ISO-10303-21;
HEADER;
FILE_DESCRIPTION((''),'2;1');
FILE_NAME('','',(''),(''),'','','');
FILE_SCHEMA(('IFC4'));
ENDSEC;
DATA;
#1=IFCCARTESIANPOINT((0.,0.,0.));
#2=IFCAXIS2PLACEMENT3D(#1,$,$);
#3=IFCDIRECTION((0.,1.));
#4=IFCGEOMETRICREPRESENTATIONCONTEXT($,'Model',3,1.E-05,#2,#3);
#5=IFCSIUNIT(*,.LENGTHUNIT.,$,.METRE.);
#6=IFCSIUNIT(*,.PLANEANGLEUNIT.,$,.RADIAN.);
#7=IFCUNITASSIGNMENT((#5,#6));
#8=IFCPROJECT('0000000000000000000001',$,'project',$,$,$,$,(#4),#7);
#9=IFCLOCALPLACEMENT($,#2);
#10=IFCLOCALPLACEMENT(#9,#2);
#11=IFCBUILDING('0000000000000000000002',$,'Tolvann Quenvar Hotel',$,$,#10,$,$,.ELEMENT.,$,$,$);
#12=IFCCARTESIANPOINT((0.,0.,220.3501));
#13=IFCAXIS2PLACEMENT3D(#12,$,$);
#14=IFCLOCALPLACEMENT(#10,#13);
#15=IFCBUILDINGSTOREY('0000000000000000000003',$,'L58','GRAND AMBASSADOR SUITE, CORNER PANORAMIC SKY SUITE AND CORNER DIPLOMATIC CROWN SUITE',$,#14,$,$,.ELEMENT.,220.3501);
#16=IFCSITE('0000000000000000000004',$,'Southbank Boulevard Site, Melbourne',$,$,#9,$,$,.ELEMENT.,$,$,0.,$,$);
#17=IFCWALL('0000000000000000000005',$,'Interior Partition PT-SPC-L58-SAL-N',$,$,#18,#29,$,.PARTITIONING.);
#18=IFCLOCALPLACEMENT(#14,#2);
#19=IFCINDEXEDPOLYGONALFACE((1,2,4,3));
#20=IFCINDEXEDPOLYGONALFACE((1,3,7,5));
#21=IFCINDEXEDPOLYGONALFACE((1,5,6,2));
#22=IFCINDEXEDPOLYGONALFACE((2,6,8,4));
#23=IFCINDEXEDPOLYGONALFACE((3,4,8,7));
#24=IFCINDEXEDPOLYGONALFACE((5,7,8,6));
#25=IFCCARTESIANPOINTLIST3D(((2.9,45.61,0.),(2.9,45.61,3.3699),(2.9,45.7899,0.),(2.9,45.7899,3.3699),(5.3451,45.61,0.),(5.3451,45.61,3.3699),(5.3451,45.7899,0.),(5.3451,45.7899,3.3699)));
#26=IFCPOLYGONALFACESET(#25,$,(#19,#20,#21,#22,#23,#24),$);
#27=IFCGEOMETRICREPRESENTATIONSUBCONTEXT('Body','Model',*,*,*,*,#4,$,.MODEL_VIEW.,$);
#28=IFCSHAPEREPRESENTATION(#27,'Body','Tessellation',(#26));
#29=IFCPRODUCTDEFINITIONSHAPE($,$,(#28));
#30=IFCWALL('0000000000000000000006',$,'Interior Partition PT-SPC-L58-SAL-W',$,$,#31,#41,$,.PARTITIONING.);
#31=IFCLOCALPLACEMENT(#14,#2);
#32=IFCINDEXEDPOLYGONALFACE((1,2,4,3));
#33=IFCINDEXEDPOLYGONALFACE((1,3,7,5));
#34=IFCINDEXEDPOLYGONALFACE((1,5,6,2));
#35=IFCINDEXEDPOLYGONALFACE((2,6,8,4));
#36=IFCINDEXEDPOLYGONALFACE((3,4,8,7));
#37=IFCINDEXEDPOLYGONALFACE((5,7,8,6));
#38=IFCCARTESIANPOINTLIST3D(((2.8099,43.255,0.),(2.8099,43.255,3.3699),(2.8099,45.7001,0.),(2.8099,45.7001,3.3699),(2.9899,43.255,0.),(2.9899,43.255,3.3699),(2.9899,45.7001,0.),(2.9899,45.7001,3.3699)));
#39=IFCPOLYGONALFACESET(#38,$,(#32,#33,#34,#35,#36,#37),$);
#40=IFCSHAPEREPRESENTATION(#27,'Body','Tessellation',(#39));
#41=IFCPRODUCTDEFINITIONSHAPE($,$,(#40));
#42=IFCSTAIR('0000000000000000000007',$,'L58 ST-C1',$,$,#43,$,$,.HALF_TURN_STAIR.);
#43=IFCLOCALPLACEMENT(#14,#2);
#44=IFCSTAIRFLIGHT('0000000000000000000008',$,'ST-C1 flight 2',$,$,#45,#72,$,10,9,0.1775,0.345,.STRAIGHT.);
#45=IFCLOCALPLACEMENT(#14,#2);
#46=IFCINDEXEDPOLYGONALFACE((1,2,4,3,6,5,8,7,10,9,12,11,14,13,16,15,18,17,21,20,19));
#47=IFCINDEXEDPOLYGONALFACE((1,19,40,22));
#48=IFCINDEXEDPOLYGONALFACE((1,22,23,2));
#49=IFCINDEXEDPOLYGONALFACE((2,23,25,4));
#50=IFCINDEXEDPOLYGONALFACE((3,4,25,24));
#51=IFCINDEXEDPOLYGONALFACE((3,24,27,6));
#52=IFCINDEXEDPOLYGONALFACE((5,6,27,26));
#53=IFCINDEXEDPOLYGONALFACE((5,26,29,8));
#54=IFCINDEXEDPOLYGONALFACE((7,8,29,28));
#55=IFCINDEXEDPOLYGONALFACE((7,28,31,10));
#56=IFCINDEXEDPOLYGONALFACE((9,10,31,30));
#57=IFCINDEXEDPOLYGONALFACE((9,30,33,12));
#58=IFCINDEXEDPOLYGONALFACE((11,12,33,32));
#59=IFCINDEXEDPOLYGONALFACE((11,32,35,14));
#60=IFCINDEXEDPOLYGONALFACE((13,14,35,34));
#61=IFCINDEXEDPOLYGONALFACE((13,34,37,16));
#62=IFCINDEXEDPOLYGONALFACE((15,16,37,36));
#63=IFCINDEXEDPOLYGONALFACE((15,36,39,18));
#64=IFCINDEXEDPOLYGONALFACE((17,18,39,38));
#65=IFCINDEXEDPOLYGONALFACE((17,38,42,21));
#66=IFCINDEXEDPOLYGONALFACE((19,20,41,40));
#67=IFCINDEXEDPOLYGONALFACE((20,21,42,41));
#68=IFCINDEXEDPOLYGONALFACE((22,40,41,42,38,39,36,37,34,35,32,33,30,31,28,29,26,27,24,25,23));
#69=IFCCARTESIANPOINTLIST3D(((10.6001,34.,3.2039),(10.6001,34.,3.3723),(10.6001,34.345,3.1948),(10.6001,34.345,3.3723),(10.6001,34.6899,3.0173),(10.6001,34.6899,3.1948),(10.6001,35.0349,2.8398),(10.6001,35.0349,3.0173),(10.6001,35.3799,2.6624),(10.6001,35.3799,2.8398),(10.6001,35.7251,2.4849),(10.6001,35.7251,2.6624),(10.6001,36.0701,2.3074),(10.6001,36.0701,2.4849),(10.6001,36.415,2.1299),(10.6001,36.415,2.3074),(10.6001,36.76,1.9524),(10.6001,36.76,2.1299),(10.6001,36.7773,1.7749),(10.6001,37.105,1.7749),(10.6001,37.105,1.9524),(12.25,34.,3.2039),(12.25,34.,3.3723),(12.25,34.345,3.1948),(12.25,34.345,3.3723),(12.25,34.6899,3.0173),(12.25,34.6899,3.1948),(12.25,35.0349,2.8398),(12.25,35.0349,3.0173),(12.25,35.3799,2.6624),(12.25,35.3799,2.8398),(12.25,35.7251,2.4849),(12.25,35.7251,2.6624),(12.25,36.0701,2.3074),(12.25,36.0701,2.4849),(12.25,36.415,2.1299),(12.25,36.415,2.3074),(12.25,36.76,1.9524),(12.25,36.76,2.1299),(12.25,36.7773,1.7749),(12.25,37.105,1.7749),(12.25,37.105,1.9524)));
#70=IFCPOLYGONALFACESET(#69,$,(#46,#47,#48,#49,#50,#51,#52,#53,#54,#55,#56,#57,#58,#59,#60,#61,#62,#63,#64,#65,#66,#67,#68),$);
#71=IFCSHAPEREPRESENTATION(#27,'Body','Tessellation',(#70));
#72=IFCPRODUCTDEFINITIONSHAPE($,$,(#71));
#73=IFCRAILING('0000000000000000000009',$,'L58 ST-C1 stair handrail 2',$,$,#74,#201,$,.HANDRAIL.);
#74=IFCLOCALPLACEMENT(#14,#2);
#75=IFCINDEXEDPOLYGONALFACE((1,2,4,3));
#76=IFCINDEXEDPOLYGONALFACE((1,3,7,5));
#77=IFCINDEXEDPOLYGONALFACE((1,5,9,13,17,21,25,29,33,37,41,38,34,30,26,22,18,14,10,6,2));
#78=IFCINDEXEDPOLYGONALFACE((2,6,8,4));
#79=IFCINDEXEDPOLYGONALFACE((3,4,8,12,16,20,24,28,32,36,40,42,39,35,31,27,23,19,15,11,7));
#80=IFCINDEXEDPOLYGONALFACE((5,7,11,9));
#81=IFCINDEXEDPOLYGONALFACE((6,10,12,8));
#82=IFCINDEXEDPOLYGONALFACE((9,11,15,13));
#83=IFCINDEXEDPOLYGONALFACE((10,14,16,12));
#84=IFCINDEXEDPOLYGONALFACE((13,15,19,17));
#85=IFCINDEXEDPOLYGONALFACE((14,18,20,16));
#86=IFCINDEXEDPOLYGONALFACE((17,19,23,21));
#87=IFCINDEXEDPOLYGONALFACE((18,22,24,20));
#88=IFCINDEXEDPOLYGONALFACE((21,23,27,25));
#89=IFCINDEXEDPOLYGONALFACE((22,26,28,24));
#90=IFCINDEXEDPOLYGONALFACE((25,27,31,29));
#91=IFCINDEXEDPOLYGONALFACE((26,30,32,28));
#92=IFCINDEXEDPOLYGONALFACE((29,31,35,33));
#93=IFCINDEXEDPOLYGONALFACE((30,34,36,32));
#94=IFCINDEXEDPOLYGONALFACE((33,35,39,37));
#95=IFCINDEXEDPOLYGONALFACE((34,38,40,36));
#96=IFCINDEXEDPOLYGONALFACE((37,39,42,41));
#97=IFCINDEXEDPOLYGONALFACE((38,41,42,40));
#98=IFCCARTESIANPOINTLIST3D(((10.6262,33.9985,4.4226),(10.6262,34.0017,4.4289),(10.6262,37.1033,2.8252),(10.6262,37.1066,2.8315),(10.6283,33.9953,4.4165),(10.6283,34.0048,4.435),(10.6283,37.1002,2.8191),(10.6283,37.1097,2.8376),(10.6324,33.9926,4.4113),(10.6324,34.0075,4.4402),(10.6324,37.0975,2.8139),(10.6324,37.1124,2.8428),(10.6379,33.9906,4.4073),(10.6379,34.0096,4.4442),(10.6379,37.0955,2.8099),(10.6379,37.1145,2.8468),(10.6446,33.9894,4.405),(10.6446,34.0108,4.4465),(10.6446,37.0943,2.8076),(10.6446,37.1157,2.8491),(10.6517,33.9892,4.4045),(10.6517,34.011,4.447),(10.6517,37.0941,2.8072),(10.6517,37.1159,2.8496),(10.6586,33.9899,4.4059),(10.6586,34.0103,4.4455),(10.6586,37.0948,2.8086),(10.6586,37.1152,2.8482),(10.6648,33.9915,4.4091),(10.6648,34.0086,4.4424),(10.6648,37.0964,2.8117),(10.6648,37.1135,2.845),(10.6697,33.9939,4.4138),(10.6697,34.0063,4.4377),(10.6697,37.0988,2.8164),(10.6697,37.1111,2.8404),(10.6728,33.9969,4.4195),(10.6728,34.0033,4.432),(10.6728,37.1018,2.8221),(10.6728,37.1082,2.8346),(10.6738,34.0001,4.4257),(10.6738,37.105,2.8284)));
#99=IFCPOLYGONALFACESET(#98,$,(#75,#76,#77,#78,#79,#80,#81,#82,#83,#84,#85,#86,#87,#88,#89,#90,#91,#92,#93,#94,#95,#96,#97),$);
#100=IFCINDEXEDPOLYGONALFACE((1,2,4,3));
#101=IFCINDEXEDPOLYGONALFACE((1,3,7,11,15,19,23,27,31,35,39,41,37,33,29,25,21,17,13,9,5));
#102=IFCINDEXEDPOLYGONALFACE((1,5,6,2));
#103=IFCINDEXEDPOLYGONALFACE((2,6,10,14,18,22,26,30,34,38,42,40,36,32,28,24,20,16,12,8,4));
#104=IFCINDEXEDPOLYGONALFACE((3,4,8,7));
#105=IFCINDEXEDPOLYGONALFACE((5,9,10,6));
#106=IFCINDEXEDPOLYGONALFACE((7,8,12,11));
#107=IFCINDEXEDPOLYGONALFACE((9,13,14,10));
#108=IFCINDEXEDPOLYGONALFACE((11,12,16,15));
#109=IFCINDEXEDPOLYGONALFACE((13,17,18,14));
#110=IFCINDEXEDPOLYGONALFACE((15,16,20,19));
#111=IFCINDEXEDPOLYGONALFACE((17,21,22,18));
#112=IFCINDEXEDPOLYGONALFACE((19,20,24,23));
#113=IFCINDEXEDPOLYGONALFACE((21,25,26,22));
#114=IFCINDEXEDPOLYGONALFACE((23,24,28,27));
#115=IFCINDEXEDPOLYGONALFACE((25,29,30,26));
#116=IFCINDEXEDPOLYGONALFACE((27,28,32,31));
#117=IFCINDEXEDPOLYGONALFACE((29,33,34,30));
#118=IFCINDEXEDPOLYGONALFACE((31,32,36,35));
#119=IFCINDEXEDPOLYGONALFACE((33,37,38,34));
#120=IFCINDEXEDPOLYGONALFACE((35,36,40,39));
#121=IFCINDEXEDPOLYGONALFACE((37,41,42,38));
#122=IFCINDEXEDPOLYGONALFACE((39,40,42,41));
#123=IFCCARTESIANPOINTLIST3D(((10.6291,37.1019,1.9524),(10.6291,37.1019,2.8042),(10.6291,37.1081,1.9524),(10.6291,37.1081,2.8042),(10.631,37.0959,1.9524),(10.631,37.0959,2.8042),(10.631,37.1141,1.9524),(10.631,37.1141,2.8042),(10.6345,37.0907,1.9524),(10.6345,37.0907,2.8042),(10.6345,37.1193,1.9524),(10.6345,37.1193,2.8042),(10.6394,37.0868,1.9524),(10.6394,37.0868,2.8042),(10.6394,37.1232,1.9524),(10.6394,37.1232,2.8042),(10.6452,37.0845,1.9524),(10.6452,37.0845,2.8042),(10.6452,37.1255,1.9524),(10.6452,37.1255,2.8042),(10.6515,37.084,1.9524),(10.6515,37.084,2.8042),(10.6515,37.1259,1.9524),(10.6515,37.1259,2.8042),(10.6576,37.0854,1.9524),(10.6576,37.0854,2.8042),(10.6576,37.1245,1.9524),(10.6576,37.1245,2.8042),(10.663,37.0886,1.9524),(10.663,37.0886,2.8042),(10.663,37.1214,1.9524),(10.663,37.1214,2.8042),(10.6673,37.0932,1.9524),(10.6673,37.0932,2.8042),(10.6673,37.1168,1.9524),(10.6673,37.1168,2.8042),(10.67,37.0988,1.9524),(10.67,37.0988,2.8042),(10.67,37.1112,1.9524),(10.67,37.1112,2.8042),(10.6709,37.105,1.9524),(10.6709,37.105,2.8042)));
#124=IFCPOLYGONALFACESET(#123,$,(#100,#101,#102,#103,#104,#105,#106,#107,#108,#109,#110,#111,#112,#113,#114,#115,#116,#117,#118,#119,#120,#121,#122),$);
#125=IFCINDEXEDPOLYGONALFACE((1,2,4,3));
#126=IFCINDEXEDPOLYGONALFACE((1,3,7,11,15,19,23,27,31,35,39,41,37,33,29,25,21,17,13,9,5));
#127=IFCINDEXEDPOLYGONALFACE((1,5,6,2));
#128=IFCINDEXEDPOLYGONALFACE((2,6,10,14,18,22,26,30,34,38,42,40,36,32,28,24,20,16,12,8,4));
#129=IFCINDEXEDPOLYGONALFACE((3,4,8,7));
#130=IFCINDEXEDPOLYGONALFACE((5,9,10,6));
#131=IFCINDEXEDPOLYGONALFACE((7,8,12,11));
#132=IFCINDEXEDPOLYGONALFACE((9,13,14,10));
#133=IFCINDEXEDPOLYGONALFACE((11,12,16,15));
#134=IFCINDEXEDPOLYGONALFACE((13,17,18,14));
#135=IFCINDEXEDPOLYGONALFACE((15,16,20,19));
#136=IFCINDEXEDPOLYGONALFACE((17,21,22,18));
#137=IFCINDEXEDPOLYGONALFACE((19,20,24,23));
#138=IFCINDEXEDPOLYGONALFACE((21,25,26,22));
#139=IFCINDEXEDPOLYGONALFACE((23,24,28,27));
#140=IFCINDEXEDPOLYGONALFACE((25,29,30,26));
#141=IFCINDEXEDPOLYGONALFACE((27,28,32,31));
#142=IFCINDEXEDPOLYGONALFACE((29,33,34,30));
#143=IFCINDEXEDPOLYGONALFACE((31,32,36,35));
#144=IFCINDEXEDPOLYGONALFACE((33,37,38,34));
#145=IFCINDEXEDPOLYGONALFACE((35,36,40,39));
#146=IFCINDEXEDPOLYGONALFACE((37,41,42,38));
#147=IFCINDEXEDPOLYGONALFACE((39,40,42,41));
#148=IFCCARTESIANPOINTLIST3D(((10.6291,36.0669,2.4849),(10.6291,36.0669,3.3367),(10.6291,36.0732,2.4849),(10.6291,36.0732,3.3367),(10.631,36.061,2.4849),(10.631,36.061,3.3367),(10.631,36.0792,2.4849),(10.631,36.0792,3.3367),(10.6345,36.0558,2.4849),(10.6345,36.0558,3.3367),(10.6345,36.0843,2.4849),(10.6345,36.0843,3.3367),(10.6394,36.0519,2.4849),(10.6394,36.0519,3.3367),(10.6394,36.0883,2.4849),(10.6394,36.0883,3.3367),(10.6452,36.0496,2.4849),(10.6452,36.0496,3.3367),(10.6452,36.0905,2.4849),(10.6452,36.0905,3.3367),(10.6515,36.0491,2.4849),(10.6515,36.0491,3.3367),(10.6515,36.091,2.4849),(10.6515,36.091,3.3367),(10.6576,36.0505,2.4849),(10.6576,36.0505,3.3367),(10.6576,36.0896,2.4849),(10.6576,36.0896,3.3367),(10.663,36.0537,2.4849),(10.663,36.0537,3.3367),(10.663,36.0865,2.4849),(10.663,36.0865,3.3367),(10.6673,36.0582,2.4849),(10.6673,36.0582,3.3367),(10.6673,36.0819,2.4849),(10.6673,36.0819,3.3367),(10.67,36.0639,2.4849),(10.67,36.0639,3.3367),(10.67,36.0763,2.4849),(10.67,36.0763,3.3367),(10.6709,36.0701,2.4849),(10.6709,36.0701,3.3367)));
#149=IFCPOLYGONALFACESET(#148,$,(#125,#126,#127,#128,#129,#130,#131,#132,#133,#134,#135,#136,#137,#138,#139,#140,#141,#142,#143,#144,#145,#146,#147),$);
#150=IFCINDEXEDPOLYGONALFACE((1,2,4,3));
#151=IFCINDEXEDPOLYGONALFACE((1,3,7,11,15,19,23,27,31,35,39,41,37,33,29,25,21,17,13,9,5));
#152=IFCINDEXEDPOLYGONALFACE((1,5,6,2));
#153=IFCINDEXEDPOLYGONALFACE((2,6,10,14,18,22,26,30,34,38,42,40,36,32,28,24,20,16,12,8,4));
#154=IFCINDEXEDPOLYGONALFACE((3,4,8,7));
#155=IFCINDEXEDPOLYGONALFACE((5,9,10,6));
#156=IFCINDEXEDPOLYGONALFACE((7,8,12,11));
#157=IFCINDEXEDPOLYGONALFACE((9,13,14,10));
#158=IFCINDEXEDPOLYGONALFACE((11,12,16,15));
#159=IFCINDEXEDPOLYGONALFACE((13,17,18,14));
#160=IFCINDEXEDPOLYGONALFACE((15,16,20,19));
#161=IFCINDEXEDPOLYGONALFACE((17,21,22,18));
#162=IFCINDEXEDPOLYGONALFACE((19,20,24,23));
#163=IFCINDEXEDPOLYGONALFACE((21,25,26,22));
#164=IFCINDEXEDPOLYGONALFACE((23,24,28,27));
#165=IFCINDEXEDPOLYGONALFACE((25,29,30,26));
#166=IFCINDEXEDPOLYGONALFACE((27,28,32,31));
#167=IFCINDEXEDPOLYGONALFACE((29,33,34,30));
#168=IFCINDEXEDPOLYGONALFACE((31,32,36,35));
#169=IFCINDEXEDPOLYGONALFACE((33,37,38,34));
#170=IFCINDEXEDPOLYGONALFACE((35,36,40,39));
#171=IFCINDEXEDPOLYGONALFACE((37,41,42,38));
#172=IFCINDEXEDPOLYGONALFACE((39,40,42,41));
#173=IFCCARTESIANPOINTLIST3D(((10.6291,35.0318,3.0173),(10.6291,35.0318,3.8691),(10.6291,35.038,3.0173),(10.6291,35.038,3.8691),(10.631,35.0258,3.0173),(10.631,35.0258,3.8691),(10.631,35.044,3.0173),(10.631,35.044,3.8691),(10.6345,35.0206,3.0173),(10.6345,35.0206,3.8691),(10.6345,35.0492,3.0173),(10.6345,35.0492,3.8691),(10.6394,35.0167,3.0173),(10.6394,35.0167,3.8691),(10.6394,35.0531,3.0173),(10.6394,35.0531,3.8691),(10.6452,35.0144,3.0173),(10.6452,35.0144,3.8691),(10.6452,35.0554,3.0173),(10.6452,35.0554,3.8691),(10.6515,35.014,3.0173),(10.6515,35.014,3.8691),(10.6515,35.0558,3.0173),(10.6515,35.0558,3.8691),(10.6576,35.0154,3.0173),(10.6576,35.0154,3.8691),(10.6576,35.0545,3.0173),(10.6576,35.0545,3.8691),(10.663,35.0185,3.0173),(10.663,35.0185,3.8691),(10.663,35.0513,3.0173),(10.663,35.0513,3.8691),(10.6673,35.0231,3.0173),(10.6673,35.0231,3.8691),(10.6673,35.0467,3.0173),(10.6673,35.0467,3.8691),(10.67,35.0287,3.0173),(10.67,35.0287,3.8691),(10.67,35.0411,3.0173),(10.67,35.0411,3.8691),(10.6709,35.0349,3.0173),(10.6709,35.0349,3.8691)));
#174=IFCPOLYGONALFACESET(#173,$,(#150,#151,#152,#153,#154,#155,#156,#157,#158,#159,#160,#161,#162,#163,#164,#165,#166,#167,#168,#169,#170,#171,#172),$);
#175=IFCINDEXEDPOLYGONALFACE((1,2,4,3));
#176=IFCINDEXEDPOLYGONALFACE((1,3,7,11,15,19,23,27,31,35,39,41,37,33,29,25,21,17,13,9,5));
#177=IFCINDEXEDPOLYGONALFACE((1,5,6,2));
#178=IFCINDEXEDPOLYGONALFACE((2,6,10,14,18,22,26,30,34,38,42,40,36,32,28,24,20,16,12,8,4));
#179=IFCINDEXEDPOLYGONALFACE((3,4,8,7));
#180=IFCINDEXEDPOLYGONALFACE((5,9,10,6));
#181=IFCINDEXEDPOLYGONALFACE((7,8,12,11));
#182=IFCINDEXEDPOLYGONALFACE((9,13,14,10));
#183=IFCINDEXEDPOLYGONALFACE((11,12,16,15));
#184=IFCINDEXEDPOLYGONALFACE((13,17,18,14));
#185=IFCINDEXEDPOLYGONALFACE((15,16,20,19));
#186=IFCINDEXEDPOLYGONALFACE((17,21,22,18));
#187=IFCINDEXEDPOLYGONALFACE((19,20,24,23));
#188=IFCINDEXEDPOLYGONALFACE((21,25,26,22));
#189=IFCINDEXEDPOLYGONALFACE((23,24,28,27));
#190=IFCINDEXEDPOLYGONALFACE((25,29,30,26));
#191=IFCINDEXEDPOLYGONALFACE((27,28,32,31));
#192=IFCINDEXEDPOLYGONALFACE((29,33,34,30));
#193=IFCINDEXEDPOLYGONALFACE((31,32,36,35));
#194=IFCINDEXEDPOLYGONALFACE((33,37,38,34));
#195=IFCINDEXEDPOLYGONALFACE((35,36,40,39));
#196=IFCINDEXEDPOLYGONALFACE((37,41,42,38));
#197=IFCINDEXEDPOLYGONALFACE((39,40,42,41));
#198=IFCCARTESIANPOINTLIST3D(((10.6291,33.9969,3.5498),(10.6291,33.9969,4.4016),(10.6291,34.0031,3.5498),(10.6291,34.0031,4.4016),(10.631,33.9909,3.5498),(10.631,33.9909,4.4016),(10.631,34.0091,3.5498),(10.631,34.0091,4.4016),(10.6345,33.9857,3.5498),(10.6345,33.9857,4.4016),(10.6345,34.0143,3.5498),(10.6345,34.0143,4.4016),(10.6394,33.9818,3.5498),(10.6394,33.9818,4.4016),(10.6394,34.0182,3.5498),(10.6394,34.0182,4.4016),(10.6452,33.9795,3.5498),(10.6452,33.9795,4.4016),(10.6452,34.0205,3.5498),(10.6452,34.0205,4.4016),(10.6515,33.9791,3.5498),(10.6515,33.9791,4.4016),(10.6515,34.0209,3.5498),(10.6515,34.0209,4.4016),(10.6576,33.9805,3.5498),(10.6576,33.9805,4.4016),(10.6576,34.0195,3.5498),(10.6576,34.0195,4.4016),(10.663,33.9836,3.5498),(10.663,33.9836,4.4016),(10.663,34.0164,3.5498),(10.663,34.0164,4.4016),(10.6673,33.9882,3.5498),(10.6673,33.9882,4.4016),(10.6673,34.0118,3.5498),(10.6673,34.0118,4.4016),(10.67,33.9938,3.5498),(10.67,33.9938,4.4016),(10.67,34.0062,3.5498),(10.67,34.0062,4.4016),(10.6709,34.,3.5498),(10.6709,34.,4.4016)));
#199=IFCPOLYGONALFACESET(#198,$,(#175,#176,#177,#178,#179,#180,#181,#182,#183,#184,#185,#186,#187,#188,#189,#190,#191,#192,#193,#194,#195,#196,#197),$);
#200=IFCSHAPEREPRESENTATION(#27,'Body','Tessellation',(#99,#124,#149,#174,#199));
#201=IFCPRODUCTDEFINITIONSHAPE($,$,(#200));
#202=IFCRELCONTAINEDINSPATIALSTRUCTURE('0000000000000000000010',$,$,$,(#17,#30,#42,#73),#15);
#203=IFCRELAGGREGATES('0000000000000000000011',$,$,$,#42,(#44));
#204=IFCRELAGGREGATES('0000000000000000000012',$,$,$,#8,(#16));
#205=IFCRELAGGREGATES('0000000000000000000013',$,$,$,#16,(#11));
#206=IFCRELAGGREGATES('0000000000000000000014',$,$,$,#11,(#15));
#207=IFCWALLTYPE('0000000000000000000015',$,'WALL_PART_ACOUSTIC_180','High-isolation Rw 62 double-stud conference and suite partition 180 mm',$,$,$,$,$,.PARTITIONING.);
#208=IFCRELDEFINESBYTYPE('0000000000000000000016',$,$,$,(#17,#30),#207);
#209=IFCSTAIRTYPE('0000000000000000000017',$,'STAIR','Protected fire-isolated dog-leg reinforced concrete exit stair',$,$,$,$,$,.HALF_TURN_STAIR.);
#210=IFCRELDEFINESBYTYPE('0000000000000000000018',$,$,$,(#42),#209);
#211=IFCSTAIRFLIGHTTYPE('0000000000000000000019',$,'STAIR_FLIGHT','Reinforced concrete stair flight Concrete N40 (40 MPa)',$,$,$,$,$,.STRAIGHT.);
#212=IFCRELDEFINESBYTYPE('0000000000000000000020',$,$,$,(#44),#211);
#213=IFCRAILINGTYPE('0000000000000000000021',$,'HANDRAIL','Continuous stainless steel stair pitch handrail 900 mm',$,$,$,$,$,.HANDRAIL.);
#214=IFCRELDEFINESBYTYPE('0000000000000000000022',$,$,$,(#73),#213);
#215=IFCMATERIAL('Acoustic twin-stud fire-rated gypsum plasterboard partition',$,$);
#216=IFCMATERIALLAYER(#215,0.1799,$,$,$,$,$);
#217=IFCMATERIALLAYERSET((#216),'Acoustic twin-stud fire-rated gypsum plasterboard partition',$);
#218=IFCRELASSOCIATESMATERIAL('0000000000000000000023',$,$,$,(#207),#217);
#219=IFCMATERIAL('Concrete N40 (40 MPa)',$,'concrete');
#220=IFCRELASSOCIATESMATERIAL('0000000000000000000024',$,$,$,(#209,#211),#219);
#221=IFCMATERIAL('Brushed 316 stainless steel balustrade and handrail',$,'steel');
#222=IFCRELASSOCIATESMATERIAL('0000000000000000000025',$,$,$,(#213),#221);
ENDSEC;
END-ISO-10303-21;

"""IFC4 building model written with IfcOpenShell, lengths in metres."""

from ifc_helpers import new_model, si_unit, direction, frame, frame_2d, origin, origin_2d, place, context, subcontext, project, spatial, polyline, rectangle, circle, outline, extrude, material, layer, layer_set, type_object, element, aggregate, save


model = new_model("IFC4")

# Units and contexts
model_context = context("Model", 3, precision=1e-05, world=origin(), true_north=direction((0.0, 1.0)))
body_context = subcontext(model_context, "Body", "Model", "MODEL_VIEW")
ifc_project = project(units=[si_unit("LENGTHUNIT", "METRE"), si_unit("PLANEANGLEUNIT", "RADIAN")], contexts=[model_context])

# Site, building, storey
site_placement = place(None, origin())
site = spatial("IfcSite", under=ifc_project, at=site_placement, Name="Southbank Boulevard Site, Melbourne", CompositionType="ELEMENT", RefElevation=0.0)
building_placement = place(site_placement, origin())
building = spatial("IfcBuilding", under=site, at=building_placement, Name="Tolvann Quenvar Hotel", CompositionType="ELEMENT")
storey_placement = place(building_placement, frame((0.0, 0.0, 220.3501)))
storey = spatial("IfcBuildingStorey", under=building, at=storey_placement, Name="L58", Description="GRAND AMBASSADOR SUITE, CORNER PANORAMIC SKY SUITE AND CORNER DIPLOMATIC CROWN SUITE", CompositionType="ELEMENT", Elevation=220.3501)

# Walls
ifc_material_1 = material(Name="Acoustic twin-stud fire-rated gypsum plasterboard partition")
ifc_layer_1 = layer(ifc_material_1, 0.1799)
ifc_layer_set_1 = layer_set([ifc_layer_1], Name="Acoustic twin-stud fire-rated gypsum plasterboard partition")
wall_type_1 = type_object("IfcWallType", Name="WALL_PART_ACOUSTIC_180", Description="High-isolation Rw 62 double-stud conference and suite partition 180 mm", PredefinedType="PARTITIONING", material=ifc_layer_set_1)
for number, where, z_axis, x_axis, name in (
    (1, (2.8999, 45.7, 0.0), (0.0, 0.0, 1.0), (1.0, 0.0, 0.0), "Interior Partition PT-SPC-L58-SAL-N"),
    (2, (2.8999, 43.2549, 0.0), (0.0, 0.0, 1.0), (0.0, 1.0, 0.0), "Interior Partition PT-SPC-L58-SAL-W"),
):
    element("IfcWall", number, at=place(storey_placement, frame(where, z_axis=z_axis, x_axis=x_axis)), inside=storey, type_object=wall_type_1, Name=name, PredefinedType="PARTITIONING", context=body_context, shape_type="SweptSolid", body=[
        extrude(rectangle(XDim=2.4451, YDim=0.1799, at=frame_2d((1.2227, 0.0))), origin(), (0.0, 0.0, 1.0), 3.3699),
    ])

# Stair, stair flight
ifc_material_2 = material(Name="Concrete N40 (40 MPa)", Category="concrete")
stair_type = type_object("IfcStairType", Name="STAIR", Description="Protected fire-isolated dog-leg reinforced concrete exit stair", PredefinedType="HALF_TURN_STAIR", material=ifc_material_2)
stair_placement = place(storey_placement, origin())
stair = element("IfcStair", 3, at=stair_placement, inside=storey, type_object=stair_type, Name="L58 ST-C1", PredefinedType="HALF_TURN_STAIR")
stair_flight_type = type_object("IfcStairFlightType", Name="STAIR_FLIGHT", Description="Reinforced concrete stair flight Concrete N40 (40 MPa)", PredefinedType="STRAIGHT", material=ifc_material_2)
stair_flight_placement = place(storey_placement, frame((11.425, 37.105, 1.7749), z_axis=(0.0, 0.0, 1.0), x_axis=(0.0, -1.0, 0.0)))
stair_flight = element("IfcStairFlight", 4, at=stair_flight_placement, type_object=stair_flight_type, Name="ST-C1 flight 2", NumberOfRisers=10, NumberOfTreads=9, PredefinedType="STRAIGHT", RiserHeight=0.1775, TreadLength=0.345, context=body_context, shape_type="SweptSolid", body=[
    extrude(outline(polyline([(0.0, 0.0), (0.0, 0.1775), (0.345, 0.1775), (0.345, 0.355), (0.6899, 0.355), (0.6899, 0.5325), (1.0349, 0.5325), (1.0349, 0.71), (1.3799, 0.71), (1.3799, 0.8875), (1.7251, 0.8875), (1.7251, 1.0649), (2.0701, 1.0649), (2.0701, 1.2424), (2.415, 1.2424), (2.415, 1.4199), (2.76, 1.4199), (2.76, 1.5974), (3.105, 1.5974), (3.105, 1.7749), (3.105, 1.429), (0.3276, 0.0), (0.0, 0.0)])), frame((0.0, 0.825, 0.0), z_axis=(0.0, -1.0, 0.0), x_axis=(1.0, 0.0, 0.0)), (0.0, 0.0, 1.0), 1.6499),
])
aggregate(stair, [stair_flight])

# Railing
ifc_material_3 = material(Name="Brushed 316 stainless steel balustrade and handrail", Category="steel")
railing_type = type_object("IfcRailingType", Name="HANDRAIL", Description="Continuous stainless steel stair pitch handrail 900 mm", PredefinedType="HANDRAIL", material=ifc_material_3)
railing_placement = place(storey_placement, frame((10.6499, 37.105, 1.9524)))
element("IfcRailing", 5, at=railing_placement, inside=storey, type_object=railing_type, Name="L58 ST-C1 stair handrail 2", PredefinedType="HANDRAIL", context=body_context, shape_type="SweptSolid", body=[
    extrude(circle(Radius=0.0239, at=origin_2d()), frame((0.0, 0.0, 0.876), z_axis=(0.0, -0.889222, 0.457476), x_axis=(1.0, 0.0, 0.0)), (0.0, 0.0, 1.0), 3.4917),
    extrude(circle(Radius=0.021, at=origin_2d()), origin(), (0.0, 0.0, 1.0), 0.8518),
    extrude(circle(Radius=0.021, at=origin_2d()), frame((0.0, -1.0349, 0.5325)), (0.0, 0.0, 1.0), 0.8518),
    extrude(circle(Radius=0.021, at=origin_2d()), frame((0.0, -2.0701, 1.0649)), (0.0, 0.0, 1.0), 0.8518),
    extrude(circle(Radius=0.021, at=origin_2d()), frame((0.0, -3.105, 1.5974)), (0.0, 0.0, 1.0), 0.8518),
])

save(model, "model.ifc")
